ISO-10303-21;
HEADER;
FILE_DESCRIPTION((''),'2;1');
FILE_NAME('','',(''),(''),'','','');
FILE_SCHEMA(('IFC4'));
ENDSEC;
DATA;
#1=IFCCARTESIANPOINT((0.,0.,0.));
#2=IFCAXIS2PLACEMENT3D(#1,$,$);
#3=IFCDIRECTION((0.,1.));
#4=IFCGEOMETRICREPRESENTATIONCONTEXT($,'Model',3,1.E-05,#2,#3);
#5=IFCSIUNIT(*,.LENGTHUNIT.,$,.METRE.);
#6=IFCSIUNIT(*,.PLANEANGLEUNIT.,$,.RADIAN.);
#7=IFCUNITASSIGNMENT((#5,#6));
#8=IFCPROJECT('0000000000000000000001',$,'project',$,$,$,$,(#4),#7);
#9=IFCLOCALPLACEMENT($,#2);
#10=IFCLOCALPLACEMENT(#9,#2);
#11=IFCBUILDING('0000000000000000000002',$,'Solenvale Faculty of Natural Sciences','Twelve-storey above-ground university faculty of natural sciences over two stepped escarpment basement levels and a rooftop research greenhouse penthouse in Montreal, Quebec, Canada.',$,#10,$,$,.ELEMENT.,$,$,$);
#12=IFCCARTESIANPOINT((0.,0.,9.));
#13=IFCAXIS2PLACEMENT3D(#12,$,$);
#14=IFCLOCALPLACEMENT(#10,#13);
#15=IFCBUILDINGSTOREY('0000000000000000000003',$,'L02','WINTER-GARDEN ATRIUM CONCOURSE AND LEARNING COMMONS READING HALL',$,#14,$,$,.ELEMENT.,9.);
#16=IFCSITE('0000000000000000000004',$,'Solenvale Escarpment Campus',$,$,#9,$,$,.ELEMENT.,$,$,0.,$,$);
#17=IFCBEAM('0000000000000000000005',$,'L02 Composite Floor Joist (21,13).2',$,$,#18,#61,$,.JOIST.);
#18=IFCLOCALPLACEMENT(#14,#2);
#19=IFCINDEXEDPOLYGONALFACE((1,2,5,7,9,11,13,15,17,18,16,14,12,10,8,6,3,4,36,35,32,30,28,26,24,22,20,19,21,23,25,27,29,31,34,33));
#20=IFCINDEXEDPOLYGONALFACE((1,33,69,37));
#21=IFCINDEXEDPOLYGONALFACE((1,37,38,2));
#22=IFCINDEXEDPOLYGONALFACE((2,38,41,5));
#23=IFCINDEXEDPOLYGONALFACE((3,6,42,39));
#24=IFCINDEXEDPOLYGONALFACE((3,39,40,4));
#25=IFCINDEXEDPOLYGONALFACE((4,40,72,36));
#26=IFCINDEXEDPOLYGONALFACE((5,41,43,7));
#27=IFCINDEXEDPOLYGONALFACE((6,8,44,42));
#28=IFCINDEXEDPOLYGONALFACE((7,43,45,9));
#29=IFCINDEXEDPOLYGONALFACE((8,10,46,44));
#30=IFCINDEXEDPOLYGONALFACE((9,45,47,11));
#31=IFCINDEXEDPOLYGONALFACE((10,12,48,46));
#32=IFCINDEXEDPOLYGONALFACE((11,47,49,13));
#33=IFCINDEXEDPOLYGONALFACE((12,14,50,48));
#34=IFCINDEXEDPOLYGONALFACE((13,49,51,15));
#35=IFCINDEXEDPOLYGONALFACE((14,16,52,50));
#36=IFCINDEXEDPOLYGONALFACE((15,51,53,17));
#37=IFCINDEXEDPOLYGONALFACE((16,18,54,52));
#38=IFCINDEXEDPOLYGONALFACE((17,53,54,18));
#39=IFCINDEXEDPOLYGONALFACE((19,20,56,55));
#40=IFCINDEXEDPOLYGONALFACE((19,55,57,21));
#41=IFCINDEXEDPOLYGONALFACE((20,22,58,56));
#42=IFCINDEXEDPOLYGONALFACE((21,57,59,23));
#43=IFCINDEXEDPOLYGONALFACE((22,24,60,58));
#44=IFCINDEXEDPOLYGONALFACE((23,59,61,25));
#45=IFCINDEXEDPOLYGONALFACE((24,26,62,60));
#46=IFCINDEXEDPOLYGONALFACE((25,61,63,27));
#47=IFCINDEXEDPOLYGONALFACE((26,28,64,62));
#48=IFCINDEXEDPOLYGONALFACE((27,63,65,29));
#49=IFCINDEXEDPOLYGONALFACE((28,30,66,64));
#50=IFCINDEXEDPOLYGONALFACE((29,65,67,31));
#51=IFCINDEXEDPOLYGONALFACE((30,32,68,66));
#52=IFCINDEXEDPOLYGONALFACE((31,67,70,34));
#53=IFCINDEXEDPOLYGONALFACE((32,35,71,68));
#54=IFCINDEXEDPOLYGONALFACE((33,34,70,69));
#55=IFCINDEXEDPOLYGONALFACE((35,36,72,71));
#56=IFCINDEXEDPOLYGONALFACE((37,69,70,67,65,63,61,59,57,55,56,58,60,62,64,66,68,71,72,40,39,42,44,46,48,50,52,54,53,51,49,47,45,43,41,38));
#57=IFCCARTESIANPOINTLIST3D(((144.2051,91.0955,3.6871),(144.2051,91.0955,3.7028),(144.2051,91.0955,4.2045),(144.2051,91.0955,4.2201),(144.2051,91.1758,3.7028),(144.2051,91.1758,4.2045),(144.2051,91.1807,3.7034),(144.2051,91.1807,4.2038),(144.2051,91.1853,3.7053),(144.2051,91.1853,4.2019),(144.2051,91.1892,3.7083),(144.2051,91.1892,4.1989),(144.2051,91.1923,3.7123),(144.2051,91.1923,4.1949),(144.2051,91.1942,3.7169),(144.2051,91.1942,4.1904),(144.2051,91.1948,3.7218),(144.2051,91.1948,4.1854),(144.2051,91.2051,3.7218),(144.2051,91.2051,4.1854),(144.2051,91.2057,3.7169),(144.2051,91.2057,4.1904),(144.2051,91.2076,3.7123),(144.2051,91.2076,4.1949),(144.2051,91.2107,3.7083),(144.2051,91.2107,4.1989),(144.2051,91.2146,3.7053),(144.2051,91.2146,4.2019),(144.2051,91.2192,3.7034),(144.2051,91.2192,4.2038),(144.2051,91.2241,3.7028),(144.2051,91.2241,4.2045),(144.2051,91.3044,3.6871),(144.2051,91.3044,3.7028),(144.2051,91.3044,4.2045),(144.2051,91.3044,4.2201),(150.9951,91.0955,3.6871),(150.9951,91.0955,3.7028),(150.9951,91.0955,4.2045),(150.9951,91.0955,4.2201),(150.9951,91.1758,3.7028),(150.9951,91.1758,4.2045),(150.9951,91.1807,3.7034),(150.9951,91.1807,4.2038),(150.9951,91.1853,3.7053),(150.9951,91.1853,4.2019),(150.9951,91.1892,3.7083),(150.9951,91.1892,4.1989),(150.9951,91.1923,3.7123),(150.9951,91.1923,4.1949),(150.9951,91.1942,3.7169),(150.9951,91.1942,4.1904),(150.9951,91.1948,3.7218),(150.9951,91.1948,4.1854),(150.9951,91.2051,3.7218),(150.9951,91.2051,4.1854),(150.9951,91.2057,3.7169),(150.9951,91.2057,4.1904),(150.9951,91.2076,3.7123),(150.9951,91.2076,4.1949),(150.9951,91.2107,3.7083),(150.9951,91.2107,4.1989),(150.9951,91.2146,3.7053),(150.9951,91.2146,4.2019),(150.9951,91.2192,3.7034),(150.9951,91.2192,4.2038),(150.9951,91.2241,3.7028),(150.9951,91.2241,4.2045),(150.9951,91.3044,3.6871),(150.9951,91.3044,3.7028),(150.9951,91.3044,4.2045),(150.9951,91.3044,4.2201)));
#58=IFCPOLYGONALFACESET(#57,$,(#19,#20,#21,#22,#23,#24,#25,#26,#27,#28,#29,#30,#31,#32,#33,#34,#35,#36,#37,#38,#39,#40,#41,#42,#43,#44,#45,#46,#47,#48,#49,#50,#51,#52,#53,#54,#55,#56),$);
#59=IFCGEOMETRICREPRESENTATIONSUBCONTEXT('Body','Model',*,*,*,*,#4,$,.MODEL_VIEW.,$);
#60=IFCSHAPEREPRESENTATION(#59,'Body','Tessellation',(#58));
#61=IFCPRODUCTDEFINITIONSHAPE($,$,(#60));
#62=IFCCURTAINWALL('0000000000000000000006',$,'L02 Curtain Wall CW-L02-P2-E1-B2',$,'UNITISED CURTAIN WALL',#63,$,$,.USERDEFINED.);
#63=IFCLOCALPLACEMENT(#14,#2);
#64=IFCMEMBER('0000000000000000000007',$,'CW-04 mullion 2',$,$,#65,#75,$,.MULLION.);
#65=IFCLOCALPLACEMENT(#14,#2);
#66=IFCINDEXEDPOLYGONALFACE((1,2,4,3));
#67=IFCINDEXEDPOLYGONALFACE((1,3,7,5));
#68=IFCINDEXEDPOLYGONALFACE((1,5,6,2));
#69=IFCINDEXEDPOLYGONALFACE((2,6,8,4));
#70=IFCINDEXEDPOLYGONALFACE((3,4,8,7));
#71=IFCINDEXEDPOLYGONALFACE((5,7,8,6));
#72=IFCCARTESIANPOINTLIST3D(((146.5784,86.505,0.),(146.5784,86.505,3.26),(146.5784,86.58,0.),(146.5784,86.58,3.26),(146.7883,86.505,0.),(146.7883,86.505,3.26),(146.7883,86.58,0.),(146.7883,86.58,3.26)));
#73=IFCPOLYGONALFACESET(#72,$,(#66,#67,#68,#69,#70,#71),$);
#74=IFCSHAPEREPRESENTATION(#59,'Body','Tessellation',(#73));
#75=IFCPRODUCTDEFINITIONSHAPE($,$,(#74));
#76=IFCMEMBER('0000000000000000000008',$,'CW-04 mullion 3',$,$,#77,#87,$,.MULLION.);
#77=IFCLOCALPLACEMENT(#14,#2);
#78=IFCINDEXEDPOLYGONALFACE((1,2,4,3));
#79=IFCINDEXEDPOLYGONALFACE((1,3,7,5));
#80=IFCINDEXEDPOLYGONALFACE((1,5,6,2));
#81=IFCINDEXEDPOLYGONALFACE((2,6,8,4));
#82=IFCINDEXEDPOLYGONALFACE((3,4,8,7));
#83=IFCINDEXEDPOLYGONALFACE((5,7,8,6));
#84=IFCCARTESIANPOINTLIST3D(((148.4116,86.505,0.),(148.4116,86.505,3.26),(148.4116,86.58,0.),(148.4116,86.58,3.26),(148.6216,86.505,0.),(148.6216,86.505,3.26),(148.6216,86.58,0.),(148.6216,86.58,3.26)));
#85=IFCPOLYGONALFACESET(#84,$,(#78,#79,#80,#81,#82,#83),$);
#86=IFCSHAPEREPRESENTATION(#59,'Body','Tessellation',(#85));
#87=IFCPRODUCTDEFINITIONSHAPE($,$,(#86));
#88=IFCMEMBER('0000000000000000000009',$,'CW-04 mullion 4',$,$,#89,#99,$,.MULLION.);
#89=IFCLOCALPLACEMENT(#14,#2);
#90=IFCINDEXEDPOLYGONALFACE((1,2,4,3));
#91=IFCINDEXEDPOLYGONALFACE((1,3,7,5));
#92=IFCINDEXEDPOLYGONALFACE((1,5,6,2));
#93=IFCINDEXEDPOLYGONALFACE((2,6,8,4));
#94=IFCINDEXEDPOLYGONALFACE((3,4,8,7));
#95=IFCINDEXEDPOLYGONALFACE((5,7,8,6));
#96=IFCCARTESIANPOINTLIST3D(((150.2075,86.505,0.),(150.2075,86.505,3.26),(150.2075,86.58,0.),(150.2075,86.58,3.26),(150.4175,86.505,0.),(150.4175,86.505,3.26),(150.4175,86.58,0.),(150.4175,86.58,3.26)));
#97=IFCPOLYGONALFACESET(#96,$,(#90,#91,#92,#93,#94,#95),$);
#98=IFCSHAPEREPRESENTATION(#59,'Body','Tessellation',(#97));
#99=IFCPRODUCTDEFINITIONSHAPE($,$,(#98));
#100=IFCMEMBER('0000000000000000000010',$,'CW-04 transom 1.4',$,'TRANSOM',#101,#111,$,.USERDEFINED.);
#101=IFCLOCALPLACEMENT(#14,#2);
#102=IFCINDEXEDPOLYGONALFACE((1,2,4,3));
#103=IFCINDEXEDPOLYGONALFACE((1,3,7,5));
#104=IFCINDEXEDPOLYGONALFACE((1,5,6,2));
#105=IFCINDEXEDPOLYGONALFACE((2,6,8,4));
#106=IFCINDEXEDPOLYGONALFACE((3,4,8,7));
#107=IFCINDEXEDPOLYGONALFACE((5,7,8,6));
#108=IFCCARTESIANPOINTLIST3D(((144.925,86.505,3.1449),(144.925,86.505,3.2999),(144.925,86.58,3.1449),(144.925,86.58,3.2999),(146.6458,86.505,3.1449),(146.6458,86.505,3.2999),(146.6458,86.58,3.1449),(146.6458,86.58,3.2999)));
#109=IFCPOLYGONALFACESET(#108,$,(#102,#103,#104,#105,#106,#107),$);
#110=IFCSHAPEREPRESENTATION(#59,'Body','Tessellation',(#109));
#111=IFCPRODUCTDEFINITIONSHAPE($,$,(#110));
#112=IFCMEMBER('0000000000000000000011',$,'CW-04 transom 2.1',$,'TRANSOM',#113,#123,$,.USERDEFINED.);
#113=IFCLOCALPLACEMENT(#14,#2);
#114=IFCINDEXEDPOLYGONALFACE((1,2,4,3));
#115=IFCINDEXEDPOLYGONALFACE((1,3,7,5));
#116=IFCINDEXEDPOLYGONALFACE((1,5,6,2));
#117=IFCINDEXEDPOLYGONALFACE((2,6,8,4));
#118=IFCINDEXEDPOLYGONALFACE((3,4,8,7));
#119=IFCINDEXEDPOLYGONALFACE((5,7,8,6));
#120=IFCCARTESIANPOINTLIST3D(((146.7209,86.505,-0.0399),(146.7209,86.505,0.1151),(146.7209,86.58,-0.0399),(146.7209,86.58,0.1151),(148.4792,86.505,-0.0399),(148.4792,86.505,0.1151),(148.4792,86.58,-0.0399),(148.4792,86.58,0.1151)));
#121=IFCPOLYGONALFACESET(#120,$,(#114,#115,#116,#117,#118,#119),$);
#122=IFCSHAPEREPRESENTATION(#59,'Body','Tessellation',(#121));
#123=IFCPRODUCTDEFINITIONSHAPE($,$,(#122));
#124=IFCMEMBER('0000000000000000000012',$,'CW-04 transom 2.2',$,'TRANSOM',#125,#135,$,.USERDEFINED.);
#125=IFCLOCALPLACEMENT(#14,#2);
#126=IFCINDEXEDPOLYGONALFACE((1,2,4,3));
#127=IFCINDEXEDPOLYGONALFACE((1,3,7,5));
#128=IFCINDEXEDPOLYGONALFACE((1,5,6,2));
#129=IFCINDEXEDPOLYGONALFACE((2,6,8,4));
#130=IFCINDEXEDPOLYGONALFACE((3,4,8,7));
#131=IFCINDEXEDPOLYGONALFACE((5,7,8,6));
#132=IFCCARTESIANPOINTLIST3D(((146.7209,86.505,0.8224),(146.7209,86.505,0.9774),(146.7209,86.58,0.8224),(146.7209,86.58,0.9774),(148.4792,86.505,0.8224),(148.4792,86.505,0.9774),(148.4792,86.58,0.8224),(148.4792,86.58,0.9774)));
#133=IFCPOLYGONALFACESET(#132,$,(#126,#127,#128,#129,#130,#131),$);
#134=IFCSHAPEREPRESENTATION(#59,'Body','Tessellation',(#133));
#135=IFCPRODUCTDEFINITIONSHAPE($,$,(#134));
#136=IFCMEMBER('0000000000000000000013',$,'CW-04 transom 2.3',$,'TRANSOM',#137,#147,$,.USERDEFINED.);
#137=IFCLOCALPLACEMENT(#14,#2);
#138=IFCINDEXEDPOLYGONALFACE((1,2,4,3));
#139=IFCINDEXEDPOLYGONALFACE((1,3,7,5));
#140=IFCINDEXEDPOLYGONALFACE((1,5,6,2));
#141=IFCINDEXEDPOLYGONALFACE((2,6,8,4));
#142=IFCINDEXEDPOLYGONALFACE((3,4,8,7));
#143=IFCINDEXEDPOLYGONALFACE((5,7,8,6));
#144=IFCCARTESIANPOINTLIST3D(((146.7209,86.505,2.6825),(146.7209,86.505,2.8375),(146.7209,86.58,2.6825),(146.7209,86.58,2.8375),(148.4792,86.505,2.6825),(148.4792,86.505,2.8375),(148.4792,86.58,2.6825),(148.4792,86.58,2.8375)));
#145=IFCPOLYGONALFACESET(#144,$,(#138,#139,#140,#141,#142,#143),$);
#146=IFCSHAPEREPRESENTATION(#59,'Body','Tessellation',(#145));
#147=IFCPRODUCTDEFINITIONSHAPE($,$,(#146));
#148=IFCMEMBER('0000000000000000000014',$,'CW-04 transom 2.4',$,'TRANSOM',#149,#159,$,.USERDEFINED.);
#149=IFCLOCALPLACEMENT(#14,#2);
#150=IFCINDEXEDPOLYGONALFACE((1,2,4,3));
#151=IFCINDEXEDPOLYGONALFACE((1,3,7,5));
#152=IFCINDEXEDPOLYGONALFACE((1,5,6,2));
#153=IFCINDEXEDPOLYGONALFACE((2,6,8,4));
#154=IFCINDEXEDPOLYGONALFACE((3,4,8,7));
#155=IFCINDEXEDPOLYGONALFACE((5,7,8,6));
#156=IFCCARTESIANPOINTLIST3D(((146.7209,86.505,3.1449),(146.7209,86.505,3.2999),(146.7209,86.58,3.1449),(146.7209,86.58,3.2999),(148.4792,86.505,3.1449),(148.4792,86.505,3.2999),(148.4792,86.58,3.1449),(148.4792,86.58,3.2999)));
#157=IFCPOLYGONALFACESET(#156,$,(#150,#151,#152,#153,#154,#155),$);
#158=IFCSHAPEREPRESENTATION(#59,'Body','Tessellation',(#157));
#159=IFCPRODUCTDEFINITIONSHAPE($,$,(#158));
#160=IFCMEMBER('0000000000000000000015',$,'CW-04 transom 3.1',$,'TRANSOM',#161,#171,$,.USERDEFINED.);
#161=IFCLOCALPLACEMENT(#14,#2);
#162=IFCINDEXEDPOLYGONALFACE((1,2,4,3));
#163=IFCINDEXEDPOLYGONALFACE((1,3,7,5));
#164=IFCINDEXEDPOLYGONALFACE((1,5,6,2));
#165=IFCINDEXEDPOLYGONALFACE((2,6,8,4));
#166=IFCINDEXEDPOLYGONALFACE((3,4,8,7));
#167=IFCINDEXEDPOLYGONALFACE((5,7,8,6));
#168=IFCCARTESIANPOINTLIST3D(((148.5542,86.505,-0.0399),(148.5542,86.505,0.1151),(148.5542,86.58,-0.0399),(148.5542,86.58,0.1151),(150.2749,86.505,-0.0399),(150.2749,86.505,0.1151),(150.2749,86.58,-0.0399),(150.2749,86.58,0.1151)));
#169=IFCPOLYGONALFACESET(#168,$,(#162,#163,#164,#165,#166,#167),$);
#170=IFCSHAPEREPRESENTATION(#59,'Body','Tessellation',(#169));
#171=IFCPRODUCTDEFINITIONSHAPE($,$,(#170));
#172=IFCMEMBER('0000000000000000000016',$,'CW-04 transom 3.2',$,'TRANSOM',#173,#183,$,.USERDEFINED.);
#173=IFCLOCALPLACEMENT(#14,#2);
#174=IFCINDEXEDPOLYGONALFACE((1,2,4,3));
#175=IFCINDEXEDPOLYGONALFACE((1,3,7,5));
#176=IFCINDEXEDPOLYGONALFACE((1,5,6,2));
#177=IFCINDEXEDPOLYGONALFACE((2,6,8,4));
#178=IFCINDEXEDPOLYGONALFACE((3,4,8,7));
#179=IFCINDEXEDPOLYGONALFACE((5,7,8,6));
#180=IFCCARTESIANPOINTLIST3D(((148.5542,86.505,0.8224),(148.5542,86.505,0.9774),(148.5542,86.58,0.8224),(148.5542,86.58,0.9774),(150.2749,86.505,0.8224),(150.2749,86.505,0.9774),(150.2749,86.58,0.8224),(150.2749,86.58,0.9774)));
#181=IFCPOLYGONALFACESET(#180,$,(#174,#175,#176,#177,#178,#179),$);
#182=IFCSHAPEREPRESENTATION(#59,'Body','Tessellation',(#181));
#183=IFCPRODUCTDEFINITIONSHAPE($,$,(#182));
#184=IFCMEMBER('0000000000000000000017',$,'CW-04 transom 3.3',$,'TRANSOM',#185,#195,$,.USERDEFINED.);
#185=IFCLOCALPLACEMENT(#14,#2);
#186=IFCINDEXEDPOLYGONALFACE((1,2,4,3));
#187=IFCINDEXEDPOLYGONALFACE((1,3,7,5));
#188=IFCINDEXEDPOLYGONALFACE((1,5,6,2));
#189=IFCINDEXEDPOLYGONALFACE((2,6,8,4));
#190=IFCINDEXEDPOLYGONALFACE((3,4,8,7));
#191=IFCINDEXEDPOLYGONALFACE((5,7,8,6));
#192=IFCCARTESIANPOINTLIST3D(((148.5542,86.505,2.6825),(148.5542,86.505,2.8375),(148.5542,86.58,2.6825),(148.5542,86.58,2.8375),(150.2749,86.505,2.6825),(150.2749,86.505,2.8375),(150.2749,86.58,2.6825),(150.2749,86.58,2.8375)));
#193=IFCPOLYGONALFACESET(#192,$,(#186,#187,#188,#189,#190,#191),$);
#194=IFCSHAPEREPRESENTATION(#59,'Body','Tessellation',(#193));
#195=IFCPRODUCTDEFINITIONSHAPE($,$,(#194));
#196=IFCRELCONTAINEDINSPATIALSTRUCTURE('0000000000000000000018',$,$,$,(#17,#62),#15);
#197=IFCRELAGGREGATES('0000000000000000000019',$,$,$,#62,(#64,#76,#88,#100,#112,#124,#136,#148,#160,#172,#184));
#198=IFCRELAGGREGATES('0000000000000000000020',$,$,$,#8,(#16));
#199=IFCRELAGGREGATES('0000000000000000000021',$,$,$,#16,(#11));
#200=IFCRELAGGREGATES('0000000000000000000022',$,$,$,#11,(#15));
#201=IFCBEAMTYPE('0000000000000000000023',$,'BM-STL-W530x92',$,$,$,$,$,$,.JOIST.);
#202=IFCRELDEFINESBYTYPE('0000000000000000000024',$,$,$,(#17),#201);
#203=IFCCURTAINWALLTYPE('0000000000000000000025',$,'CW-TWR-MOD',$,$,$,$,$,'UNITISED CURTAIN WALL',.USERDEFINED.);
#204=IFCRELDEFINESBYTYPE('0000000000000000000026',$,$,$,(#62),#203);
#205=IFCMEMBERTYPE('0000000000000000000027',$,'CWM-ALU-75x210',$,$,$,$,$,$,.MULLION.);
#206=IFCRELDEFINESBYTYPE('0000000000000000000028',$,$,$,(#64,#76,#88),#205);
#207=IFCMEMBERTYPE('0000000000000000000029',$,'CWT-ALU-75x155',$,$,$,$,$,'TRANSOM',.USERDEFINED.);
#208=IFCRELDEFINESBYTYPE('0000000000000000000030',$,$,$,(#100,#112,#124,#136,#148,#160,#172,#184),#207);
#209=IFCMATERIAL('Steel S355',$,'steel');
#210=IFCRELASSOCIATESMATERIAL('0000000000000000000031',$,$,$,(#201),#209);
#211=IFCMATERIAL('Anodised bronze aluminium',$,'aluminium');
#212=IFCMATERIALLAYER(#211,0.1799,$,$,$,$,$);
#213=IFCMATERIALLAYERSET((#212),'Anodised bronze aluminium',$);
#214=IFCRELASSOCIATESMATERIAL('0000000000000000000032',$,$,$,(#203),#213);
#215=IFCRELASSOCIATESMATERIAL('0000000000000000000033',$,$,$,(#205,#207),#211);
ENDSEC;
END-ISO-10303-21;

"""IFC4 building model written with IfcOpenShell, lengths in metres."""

from ifc_helpers import new_model, si_unit, direction, frame, origin, origin_2d, place, context, subcontext, project, spatial, rectangle, i_section, extrude, material, layer, layer_set, material_profile, profile_set, type_object, element, aggregate, save


model = new_model("IFC4")

# Units and contexts
model_context = context("Model", 3, precision=1e-05, world=origin(), true_north=direction((0.0, 1.0)))
body_context = subcontext(model_context, "Body", "Model", "MODEL_VIEW")
ifc_project = project(units=[si_unit("LENGTHUNIT", "METRE"), si_unit("PLANEANGLEUNIT", "RADIAN")], contexts=[model_context])

# Site, building, storey
site_placement = place(None, origin())
site = spatial("IfcSite", under=ifc_project, at=site_placement, Name="Solenvale Escarpment Campus", CompositionType="ELEMENT", RefElevation=0.0)
building_placement = place(site_placement, origin())
building = spatial("IfcBuilding", under=site, at=building_placement, Name="Solenvale Faculty of Natural Sciences", Description="Twelve-storey above-ground university faculty of natural sciences over two stepped escarpment basement levels and a rooftop research greenhouse penthouse in Montreal, Quebec, Canada.", CompositionType="ELEMENT")
storey_placement = place(building_placement, frame((0.0, 0.0, 9.0)))
storey = spatial("IfcBuildingStorey", under=building, at=storey_placement, Name="L02", Description="WINTER-GARDEN ATRIUM CONCOURSE AND LEARNING COMMONS READING HALL", CompositionType="ELEMENT", Elevation=9.0)

# Beam
ifc_material_1 = material(Name="Steel S355", Category="steel")
ifc_material_profile_1 = material_profile(ifc_material_1, i_section(OverallWidth=0.209, OverallDepth=0.533, WebThickness=0.0103, FlangeThickness=0.0156, FilletRadius=0.019, at=origin_2d()), Name="W530x92")
ifc_profile_set_1 = profile_set([ifc_material_profile_1], Name="Steel S355")
beam_type_1 = type_object("IfcBeamType", Name="BM-STL-W530x92", PredefinedType="JOIST", material=ifc_profile_set_1)
for number, where, z_axis, x_axis, name in (
    (1, (144.2051, 91.2, 3.9536), (1.0, 0.0, 0.0), (0.0, 1.0, 0.0), "L02 Composite Floor Joist (21,13).2"),
):
    element("IfcBeam", number, at=place(storey_placement, frame(where, z_axis=z_axis, x_axis=x_axis)), inside=storey, type_object=beam_type_1, Name=name, PredefinedType="JOIST", context=body_context, shape_type="SweptSolid", body=[
        extrude(i_section(OverallWidth=0.209, OverallDepth=0.533, WebThickness=0.0103, FlangeThickness=0.0156, FilletRadius=0.019, at=origin_2d()), origin(), (0.0, 0.0, 1.0), 6.79),
    ])

# Curtain wall, members
ifc_material_2 = material(Name="Anodised bronze aluminium", Category="aluminium")
ifc_layer_1 = layer(ifc_material_2, 0.1799)
ifc_layer_set_1 = layer_set([ifc_layer_1], Name="Anodised bronze aluminium")
curtain_wall_type = type_object("IfcCurtainWallType", Name="CW-TWR-MOD", ElementType="UNITISED CURTAIN WALL", PredefinedType="USERDEFINED", material=ifc_layer_set_1)
curtain_wall_placement = place(storey_placement, origin())
curtain_wall = element("IfcCurtainWall", 2, at=curtain_wall_placement, inside=storey, type_object=curtain_wall_type, Name="L02 Curtain Wall CW-L02-P2-E1-B2", ObjectType="UNITISED CURTAIN WALL", PredefinedType="USERDEFINED")
ifc_material_profile_2 = material_profile(ifc_material_2, rectangle(XDim=0.075, YDim=0.21, at=origin_2d()), Name="ALU-MUL-75x210")
ifc_profile_set_2 = profile_set([ifc_material_profile_2], Name="Anodised bronze aluminium")
member_type_1 = type_object("IfcMemberType", Name="CWM-ALU-75x210", PredefinedType="MULLION", material=ifc_profile_set_2)
member_1_placement = place(storey_placement, frame((146.6833, 86.5425, 0.0), z_axis=(0.0, 0.0, 1.0), x_axis=(0.0, 1.0, 0.0)))
member_1 = element("IfcMember", 3, at=member_1_placement, type_object=member_type_1, Name="CW-04 mullion 2", PredefinedType="MULLION", context=body_context, shape_type="SweptSolid", body=[
    extrude(rectangle(XDim=0.075, YDim=0.21, at=origin_2d()), origin(), (0.0, 0.0, 1.0), 3.26),
])
member_2_placement = place(storey_placement, frame((148.5166, 86.5425, 0.0), z_axis=(0.0, 0.0, 1.0), x_axis=(0.0, 1.0, 0.0)))
member_2 = element("IfcMember", 4, at=member_2_placement, type_object=member_type_1, Name="CW-04 mullion 3", PredefinedType="MULLION", context=body_context, shape_type="SweptSolid", body=[
    extrude(rectangle(XDim=0.075, YDim=0.21, at=origin_2d()), origin(), (0.0, 0.0, 1.0), 3.26),
])
member_3_placement = place(storey_placement, frame((150.3125, 86.5425, 0.0), z_axis=(0.0, 0.0, 1.0), x_axis=(0.0, 1.0, 0.0)))
member_3 = element("IfcMember", 5, at=member_3_placement, type_object=member_type_1, Name="CW-04 mullion 4", PredefinedType="MULLION", context=body_context, shape_type="SweptSolid", body=[
    extrude(rectangle(XDim=0.075, YDim=0.21, at=origin_2d()), origin(), (0.0, 0.0, 1.0), 3.26),
])
ifc_material_profile_3 = material_profile(ifc_material_2, rectangle(XDim=0.075, YDim=0.155, at=origin_2d()), Name="ALU-TRN-75x155")
ifc_profile_set_3 = profile_set([ifc_material_profile_3], Name="Anodised bronze aluminium")
member_type_2 = type_object("IfcMemberType", Name="CWT-ALU-75x155", ElementType="TRANSOM", PredefinedType="USERDEFINED", material=ifc_profile_set_3)
member_4_placement = place(storey_placement, frame((144.925, 86.5425, 3.2224), z_axis=(1.0, 0.0, 0.0), x_axis=(0.0, 1.0, 0.0)))
member_4 = element("IfcMember", 6, at=member_4_placement, type_object=member_type_2, Name="CW-04 transom 1.4", ObjectType="TRANSOM", PredefinedType="USERDEFINED", context=body_context, shape_type="SweptSolid", body=[
    extrude(rectangle(XDim=0.075, YDim=0.155, at=origin_2d()), origin(), (0.0, 0.0, 1.0), 1.7207),
])
member_5_placement = place(storey_placement, frame((146.7209, 86.5425, 0.0376), z_axis=(1.0, 0.0, 0.0), x_axis=(0.0, 1.0, 0.0)))
member_5 = element("IfcMember", 7, at=member_5_placement, type_object=member_type_2, Name="CW-04 transom 2.1", ObjectType="TRANSOM", PredefinedType="USERDEFINED", context=body_context, shape_type="SweptSolid", body=[
    extrude(rectangle(XDim=0.075, YDim=0.155, at=origin_2d()), origin(), (0.0, 0.0, 1.0), 1.7583),
])
member_6_placement = place(storey_placement, frame((146.7209, 86.5425, 0.8999), z_axis=(1.0, 0.0, 0.0), x_axis=(0.0, 1.0, 0.0)))
member_6 = element("IfcMember", 8, at=member_6_placement, type_object=member_type_2, Name="CW-04 transom 2.2", ObjectType="TRANSOM", PredefinedType="USERDEFINED", context=body_context, shape_type="SweptSolid", body=[
    extrude(rectangle(XDim=0.075, YDim=0.155, at=origin_2d()), origin(), (0.0, 0.0, 1.0), 1.7583),
])
member_7_placement = place(storey_placement, frame((146.7209, 86.5425, 2.76), z_axis=(1.0, 0.0, 0.0), x_axis=(0.0, 1.0, 0.0)))
member_7 = element("IfcMember", 9, at=member_7_placement, type_object=member_type_2, Name="CW-04 transom 2.3", ObjectType="TRANSOM", PredefinedType="USERDEFINED", context=body_context, shape_type="SweptSolid", body=[
    extrude(rectangle(XDim=0.075, YDim=0.155, at=origin_2d()), origin(), (0.0, 0.0, 1.0), 1.7583),
])
member_8_placement = place(storey_placement, frame((146.7209, 86.5425, 3.2224), z_axis=(1.0, 0.0, 0.0), x_axis=(0.0, 1.0, 0.0)))
member_8 = element("IfcMember", 10, at=member_8_placement, type_object=member_type_2, Name="CW-04 transom 2.4", ObjectType="TRANSOM", PredefinedType="USERDEFINED", context=body_context, shape_type="SweptSolid", body=[
    extrude(rectangle(XDim=0.075, YDim=0.155, at=origin_2d()), origin(), (0.0, 0.0, 1.0), 1.7583),
])
member_9_placement = place(storey_placement, frame((148.5542, 86.5425, 0.0376), z_axis=(1.0, 0.0, 0.0), x_axis=(0.0, 1.0, 0.0)))
member_9 = element("IfcMember", 11, at=member_9_placement, type_object=member_type_2, Name="CW-04 transom 3.1", ObjectType="TRANSOM", PredefinedType="USERDEFINED", context=body_context, shape_type="SweptSolid", body=[
    extrude(rectangle(XDim=0.075, YDim=0.155, at=origin_2d()), origin(), (0.0, 0.0, 1.0), 1.7207),
])
member_10_placement = place(storey_placement, frame((148.5542, 86.5425, 0.8999), z_axis=(1.0, 0.0, 0.0), x_axis=(0.0, 1.0, 0.0)))
member_10 = element("IfcMember", 12, at=member_10_placement, type_object=member_type_2, Name="CW-04 transom 3.2", ObjectType="TRANSOM", PredefinedType="USERDEFINED", context=body_context, shape_type="SweptSolid", body=[
    extrude(rectangle(XDim=0.075, YDim=0.155, at=origin_2d()), origin(), (0.0, 0.0, 1.0), 1.7207),
])
member_11_placement = place(storey_placement, frame((148.5542, 86.5425, 2.76), z_axis=(1.0, 0.0, 0.0), x_axis=(0.0, 1.0, 0.0)))
member_11 = element("IfcMember", 13, at=member_11_placement, type_object=member_type_2, Name="CW-04 transom 3.3", ObjectType="TRANSOM", PredefinedType="USERDEFINED", context=body_context, shape_type="SweptSolid", body=[
    extrude(rectangle(XDim=0.075, YDim=0.155, at=origin_2d()), origin(), (0.0, 0.0, 1.0), 1.7207),
])
aggregate(curtain_wall, [member_1, member_2, member_3, member_4, member_5, member_6, member_7, member_8, member_9, member_10, member_11])

save(model, "model.ifc")
